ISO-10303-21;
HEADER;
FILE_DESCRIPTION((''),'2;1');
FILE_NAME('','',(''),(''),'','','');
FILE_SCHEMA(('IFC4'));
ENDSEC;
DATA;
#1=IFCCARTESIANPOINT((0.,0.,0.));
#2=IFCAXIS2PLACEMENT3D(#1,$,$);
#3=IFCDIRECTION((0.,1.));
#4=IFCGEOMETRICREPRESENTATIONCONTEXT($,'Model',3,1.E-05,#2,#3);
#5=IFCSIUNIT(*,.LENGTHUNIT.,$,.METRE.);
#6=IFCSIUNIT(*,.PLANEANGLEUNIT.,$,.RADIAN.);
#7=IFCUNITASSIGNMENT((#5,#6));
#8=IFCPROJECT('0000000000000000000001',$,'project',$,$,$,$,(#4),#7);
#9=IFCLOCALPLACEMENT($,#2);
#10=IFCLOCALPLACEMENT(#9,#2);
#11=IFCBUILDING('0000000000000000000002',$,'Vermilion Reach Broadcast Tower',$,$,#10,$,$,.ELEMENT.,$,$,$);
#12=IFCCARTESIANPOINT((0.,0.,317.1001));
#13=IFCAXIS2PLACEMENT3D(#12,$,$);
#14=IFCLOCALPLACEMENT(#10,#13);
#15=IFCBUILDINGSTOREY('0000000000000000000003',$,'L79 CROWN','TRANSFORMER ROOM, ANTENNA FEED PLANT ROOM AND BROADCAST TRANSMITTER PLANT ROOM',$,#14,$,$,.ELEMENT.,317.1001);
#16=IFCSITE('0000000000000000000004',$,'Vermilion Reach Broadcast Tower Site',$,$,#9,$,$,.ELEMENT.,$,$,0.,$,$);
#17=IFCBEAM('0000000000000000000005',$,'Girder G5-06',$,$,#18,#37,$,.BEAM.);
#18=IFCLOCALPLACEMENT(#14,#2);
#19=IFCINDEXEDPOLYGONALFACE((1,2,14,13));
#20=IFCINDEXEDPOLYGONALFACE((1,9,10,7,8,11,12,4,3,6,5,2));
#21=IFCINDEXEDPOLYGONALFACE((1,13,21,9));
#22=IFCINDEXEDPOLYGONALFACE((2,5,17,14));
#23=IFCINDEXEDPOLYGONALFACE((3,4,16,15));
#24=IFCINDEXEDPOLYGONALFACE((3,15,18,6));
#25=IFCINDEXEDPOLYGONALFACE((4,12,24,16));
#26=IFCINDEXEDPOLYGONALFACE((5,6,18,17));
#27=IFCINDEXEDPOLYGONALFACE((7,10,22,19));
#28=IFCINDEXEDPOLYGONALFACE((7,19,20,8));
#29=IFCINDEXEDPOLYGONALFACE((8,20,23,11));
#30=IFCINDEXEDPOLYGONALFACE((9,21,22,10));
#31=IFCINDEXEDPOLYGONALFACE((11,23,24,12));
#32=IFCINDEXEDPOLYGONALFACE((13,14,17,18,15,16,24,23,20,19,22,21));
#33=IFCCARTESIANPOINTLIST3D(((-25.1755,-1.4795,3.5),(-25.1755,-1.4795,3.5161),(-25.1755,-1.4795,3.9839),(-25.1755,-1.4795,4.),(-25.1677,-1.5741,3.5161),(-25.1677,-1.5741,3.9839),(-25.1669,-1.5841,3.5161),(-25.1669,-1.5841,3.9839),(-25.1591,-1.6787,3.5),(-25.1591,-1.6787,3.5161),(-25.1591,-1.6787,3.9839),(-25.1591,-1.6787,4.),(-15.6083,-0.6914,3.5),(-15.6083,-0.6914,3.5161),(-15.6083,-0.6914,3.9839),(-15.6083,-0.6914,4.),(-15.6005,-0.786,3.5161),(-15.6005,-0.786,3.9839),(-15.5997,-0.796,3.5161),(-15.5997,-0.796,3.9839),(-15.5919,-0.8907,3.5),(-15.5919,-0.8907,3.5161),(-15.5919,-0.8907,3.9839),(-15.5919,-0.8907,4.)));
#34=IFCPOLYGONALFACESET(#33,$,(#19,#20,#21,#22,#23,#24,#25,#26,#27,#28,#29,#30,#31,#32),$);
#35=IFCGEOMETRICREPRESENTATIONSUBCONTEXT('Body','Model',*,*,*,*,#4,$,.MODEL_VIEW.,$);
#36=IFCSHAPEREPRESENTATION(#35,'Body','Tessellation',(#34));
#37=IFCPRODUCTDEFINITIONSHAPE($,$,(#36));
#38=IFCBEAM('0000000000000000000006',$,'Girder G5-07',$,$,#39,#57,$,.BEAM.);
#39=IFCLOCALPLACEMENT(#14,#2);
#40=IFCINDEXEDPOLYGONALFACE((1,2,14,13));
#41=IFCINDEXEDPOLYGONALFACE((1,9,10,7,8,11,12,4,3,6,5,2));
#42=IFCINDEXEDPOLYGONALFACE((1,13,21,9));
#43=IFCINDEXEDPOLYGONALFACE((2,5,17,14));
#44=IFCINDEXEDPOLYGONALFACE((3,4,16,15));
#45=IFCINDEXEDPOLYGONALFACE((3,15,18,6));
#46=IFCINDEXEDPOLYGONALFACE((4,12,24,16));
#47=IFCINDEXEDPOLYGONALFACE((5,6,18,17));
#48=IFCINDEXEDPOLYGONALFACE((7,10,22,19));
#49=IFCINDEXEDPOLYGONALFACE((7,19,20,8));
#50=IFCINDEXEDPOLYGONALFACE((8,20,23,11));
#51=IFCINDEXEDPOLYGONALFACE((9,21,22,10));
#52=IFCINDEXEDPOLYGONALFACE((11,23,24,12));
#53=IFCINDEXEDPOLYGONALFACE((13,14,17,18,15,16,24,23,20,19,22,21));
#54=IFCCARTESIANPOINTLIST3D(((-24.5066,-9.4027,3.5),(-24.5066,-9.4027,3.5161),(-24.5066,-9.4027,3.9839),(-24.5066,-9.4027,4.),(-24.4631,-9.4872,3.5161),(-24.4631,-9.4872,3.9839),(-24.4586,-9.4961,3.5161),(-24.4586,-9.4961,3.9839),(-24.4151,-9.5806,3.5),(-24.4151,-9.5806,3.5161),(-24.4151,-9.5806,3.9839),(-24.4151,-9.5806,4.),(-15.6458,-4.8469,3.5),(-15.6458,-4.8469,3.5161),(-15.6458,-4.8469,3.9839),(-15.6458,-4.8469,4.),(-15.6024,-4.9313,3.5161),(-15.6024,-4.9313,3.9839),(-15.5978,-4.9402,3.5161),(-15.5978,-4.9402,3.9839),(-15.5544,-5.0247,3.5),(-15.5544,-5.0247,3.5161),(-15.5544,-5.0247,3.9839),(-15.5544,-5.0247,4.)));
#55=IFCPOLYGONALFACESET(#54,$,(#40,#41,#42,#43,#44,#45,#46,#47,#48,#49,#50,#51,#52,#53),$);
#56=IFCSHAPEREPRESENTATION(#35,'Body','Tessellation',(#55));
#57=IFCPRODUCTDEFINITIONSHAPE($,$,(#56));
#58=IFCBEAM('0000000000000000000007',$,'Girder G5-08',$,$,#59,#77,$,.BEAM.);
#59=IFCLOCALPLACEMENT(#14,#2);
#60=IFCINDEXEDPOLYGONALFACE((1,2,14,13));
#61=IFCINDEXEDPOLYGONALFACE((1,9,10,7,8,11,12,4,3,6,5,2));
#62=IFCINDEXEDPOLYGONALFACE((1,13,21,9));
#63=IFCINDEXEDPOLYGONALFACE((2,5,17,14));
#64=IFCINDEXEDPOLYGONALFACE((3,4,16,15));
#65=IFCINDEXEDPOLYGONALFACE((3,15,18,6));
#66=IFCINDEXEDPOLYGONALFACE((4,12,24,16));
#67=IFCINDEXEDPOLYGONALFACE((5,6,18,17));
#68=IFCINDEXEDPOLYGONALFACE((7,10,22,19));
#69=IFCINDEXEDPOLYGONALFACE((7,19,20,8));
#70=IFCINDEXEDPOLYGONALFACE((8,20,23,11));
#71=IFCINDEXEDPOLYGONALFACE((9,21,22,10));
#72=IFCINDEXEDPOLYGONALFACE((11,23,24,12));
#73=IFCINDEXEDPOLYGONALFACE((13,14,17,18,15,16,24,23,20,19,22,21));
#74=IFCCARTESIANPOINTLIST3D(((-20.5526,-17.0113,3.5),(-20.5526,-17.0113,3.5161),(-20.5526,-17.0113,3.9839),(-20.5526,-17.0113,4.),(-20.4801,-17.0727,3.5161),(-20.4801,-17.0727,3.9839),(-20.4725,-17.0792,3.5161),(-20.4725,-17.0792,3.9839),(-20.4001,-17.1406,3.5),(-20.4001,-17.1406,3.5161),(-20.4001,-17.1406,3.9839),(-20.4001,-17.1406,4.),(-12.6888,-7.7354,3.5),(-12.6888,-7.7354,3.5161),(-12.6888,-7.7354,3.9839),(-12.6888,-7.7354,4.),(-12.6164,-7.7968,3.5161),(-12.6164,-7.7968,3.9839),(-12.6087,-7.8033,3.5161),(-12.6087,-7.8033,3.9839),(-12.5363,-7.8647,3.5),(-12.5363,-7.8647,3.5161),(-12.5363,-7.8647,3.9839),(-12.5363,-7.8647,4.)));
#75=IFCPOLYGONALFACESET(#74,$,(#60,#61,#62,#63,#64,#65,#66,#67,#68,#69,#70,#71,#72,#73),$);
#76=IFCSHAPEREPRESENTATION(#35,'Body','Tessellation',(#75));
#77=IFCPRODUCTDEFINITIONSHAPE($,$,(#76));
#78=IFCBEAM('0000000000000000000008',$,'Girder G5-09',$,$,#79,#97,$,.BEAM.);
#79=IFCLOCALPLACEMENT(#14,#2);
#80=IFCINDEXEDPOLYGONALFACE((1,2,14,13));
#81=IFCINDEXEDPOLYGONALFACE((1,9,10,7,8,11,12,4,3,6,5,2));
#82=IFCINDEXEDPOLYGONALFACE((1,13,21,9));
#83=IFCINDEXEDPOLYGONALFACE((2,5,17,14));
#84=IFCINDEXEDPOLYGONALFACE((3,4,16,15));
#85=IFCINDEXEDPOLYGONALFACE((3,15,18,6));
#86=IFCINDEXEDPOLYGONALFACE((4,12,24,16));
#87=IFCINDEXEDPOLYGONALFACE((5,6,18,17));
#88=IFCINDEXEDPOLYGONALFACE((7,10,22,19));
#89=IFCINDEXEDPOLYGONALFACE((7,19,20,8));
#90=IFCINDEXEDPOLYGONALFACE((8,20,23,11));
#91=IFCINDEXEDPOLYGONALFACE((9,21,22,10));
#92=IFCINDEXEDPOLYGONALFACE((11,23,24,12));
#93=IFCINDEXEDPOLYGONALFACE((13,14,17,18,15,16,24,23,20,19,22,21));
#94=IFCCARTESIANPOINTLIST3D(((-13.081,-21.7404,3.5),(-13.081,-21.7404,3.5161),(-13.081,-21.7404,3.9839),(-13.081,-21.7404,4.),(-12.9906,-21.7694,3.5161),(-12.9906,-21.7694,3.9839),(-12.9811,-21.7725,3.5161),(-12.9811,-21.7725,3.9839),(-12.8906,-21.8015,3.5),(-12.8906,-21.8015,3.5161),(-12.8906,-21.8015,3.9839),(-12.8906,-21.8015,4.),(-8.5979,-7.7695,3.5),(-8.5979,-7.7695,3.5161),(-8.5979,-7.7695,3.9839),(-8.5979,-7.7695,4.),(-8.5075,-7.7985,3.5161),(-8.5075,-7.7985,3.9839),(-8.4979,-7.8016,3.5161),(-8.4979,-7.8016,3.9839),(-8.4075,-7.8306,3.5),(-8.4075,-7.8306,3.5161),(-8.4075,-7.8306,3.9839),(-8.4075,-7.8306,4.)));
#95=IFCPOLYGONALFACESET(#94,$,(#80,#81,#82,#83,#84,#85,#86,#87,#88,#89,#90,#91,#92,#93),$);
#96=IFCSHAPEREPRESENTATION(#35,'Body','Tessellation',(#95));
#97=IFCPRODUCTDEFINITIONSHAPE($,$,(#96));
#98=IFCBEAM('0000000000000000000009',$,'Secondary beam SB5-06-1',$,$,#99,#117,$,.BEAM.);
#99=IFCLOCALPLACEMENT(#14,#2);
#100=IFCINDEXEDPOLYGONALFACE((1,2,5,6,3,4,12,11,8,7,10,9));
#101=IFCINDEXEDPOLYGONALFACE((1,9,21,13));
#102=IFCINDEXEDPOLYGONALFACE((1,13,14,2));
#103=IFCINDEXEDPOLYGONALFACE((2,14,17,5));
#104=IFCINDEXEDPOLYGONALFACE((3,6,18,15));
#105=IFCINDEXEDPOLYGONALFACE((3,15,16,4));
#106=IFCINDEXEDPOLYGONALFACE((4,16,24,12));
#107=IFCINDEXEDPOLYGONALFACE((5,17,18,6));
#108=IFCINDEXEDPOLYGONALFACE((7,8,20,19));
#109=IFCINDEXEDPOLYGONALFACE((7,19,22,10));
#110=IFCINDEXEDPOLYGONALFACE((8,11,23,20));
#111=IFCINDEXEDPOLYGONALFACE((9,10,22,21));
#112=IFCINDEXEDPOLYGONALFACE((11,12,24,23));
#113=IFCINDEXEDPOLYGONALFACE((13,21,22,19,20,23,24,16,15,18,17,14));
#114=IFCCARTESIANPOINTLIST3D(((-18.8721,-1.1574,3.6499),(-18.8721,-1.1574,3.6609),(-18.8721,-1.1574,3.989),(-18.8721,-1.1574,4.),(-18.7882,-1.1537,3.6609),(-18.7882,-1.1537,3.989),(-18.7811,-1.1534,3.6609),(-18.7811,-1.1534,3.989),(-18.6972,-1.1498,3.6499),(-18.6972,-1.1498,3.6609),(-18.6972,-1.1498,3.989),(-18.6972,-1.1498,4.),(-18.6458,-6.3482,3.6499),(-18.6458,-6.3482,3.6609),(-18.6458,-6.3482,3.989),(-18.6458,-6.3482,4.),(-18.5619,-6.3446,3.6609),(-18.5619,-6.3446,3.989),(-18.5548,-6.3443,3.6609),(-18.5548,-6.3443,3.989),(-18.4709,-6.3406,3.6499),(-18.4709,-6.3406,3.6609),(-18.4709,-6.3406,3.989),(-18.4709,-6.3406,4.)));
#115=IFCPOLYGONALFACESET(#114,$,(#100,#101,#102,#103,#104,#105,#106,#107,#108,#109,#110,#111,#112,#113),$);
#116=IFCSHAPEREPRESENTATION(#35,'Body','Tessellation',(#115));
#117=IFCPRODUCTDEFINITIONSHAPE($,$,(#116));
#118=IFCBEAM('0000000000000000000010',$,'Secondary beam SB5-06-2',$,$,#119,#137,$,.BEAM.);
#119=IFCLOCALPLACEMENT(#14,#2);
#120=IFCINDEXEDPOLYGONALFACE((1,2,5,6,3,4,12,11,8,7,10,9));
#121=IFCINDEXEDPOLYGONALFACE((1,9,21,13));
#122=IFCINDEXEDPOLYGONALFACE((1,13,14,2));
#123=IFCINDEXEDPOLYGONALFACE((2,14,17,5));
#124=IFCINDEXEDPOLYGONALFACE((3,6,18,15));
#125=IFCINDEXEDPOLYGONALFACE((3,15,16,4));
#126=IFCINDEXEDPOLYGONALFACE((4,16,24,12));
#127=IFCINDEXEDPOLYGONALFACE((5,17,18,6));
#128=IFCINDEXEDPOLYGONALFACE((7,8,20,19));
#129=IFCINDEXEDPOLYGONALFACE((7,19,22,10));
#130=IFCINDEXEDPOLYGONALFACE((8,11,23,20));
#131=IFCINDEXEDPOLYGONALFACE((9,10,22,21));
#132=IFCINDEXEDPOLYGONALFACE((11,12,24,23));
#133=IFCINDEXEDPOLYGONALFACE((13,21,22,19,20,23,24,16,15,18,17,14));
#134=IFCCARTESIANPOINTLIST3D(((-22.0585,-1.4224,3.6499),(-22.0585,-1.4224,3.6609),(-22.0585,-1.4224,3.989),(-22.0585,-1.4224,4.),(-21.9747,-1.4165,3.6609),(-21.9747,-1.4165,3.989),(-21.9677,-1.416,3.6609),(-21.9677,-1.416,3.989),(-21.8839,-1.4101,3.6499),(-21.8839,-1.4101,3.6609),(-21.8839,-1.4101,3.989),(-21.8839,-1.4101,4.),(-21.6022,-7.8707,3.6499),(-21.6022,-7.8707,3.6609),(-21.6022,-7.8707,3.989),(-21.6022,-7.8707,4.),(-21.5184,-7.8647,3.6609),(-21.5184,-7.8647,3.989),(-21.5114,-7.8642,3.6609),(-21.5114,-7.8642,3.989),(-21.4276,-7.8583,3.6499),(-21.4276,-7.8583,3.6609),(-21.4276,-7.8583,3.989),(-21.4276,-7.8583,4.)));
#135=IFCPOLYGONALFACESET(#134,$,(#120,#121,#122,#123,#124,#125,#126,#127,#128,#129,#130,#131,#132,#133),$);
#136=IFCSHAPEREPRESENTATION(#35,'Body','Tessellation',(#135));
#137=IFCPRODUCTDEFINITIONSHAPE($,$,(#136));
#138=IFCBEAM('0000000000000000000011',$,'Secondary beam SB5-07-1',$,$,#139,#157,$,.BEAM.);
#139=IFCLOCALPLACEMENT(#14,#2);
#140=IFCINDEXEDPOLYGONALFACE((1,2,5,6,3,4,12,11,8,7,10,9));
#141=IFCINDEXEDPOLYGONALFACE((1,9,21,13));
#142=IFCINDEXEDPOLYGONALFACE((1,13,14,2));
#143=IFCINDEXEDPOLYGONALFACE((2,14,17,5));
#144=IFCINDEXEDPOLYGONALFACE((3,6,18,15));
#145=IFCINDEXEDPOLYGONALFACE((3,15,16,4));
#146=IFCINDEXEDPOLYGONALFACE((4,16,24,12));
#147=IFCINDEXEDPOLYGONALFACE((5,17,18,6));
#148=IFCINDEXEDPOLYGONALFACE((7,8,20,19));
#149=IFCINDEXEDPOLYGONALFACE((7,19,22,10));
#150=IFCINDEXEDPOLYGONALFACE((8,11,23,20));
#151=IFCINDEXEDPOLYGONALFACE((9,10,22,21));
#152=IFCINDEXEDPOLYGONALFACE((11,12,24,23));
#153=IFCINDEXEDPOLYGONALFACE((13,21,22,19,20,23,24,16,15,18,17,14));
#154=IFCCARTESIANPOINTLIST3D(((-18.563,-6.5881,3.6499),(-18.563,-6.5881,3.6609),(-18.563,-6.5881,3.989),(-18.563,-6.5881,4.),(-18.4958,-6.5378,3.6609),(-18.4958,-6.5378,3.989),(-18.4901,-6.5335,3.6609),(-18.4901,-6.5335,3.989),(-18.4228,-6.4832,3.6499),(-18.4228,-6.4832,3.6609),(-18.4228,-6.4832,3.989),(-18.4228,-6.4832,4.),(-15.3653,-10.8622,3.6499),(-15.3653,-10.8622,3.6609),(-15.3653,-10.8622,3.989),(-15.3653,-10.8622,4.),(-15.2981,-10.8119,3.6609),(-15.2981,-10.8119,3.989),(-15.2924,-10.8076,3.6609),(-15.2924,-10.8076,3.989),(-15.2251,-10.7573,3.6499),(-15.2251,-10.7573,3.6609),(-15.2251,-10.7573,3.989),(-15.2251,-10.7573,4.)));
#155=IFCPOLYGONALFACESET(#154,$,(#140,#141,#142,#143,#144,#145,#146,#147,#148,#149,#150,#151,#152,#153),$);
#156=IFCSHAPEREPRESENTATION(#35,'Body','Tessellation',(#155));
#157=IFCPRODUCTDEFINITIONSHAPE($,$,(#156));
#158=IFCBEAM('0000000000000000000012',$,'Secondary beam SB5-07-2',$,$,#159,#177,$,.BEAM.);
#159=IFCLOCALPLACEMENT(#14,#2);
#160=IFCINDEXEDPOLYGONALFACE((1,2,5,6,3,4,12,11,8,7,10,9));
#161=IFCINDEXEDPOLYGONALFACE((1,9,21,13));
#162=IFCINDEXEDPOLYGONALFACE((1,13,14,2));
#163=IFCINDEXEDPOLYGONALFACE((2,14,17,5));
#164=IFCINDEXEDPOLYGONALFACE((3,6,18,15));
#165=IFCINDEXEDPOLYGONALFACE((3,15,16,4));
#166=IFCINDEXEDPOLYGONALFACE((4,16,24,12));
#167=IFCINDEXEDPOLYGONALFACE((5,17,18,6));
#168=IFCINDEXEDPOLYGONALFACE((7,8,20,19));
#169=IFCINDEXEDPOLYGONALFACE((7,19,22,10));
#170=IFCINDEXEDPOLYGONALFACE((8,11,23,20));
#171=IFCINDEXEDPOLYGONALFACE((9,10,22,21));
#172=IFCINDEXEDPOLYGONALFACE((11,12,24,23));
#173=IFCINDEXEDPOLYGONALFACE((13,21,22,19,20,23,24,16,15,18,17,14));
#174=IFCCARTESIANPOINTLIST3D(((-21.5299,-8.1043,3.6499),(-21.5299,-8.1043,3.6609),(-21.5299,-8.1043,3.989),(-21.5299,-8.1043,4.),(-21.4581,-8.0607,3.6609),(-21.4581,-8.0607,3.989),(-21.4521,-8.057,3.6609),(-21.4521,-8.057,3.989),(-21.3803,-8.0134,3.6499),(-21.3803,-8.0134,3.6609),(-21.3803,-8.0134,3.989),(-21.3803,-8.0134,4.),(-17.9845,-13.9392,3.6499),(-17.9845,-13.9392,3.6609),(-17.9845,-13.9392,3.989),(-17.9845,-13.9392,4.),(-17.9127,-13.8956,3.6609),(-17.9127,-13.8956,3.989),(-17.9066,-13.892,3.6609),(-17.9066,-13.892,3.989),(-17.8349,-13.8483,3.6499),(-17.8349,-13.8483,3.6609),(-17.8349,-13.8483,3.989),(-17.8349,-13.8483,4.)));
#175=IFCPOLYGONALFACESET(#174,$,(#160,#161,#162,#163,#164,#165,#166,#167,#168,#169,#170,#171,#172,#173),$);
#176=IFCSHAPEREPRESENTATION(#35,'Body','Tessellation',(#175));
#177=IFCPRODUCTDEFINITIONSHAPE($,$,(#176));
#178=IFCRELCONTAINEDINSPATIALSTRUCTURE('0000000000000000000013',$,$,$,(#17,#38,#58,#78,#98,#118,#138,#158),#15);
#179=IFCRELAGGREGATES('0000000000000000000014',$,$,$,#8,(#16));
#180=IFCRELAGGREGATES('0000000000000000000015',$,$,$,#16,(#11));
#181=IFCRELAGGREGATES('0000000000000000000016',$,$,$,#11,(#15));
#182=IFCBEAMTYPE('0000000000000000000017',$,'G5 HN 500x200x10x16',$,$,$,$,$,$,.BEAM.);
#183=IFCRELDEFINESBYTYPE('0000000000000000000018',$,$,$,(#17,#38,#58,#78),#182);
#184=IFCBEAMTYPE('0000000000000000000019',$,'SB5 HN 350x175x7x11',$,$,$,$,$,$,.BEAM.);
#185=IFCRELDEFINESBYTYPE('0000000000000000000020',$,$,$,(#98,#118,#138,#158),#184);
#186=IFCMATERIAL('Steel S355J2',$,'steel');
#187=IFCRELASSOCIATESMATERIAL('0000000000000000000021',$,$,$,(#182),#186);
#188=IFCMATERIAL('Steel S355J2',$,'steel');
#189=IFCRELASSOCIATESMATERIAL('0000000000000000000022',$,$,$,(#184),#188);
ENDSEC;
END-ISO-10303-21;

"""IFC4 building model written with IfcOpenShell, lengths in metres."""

from ifc_helpers import new_model, si_unit, direction, frame, origin, origin_2d, place, context, subcontext, project, spatial, i_section, extrude, material, material_profile, profile_set, type_object, element, save


model = new_model("IFC4")

# Units and contexts
model_context = context("Model", 3, precision=1e-05, world=origin(), true_north=direction((0.0, 1.0)))
body_context = subcontext(model_context, "Body", "Model", "MODEL_VIEW")
ifc_project = project(units=[si_unit("LENGTHUNIT", "METRE"), si_unit("PLANEANGLEUNIT", "RADIAN")], contexts=[model_context])

# Site, building, storey
site_placement = place(None, origin())
site = spatial("IfcSite", under=ifc_project, at=site_placement, Name="Vermilion Reach Broadcast Tower Site", CompositionType="ELEMENT", RefElevation=0.0)
building_placement = place(site_placement, origin())
building = spatial("IfcBuilding", under=site, at=building_placement, Name="Vermilion Reach Broadcast Tower", CompositionType="ELEMENT")
storey_placement = place(building_placement, frame((0.0, 0.0, 317.1001)))
storey = spatial("IfcBuildingStorey", under=building, at=storey_placement, Name="L79 CROWN", Description="TRANSFORMER ROOM, ANTENNA FEED PLANT ROOM AND BROADCAST TRANSMITTER PLANT ROOM", CompositionType="ELEMENT", Elevation=317.1001)

# Beams
ifc_material_1 = material(Name="Steel S355J2", Category="steel")
ifc_material_profile_1 = material_profile(ifc_material_1, i_section(OverallWidth=0.2, OverallDepth=0.5, WebThickness=0.01, FlangeThickness=0.0161, at=origin_2d()), Name="S355J2 HN 500x200x10x16")
ifc_profile_set_1 = profile_set([ifc_material_profile_1], Name="Steel S355J2")
beam_type_1 = type_object("IfcBeamType", Name="G5 HN 500x200x10x16", PredefinedType="BEAM", material=ifc_profile_set_1)
beam_1_placement = place(storey_placement, frame((-15.6001, -0.791, 3.75), z_axis=(-0.996624, -0.082096, 0.0), x_axis=(0.082096, -0.996624, 0.0)))
element("IfcBeam", 1, at=beam_1_placement, inside=storey, type_object=beam_type_1, Name="Girder G5-06", PredefinedType="BEAM", context=body_context, shape_type="SweptSolid", body=[
    extrude(i_section(OverallWidth=0.2, OverallDepth=0.5, WebThickness=0.01, FlangeThickness=0.0161, at=origin_2d()), origin(), (0.0, 0.0, 1.0), 9.5996),
])
beam_2_placement = place(storey_placement, frame((-15.6001, -4.9358, 3.75), z_axis=(-0.889333, -0.457261, 0.0), x_axis=(0.457261, -0.889333, 0.0)))
element("IfcBeam", 2, at=beam_2_placement, inside=storey, type_object=beam_type_1, Name="Girder G5-07", PredefinedType="BEAM", context=body_context, shape_type="SweptSolid", body=[
    extrude(i_section(OverallWidth=0.2, OverallDepth=0.5, WebThickness=0.01, FlangeThickness=0.0161, at=origin_2d()), origin(), (0.0, 0.0, 1.0), 9.9634),
])
beam_3_placement = place(storey_placement, frame((-12.6125, -7.8, 3.75), z_axis=(-0.646658, -0.76278, 0.0), x_axis=(0.76278, -0.646658, 0.0)))
element("IfcBeam", 3, at=beam_3_placement, inside=storey, type_object=beam_type_1, Name="Girder G5-08", PredefinedType="BEAM", context=body_context, shape_type="SweptSolid", body=[
    extrude(i_section(OverallWidth=0.2, OverallDepth=0.5, WebThickness=0.01, FlangeThickness=0.0161, at=origin_2d()), origin(), (0.0, 0.0, 1.0), 12.1606),
])
beam_4_placement = place(storey_placement, frame((-8.5027, -7.8, 3.75), z_axis=(-0.305545, -0.952178, 0.0), x_axis=(0.952178, -0.305545, 0.0)))
element("IfcBeam", 4, at=beam_4_placement, inside=storey, type_object=beam_type_1, Name="Girder G5-09", PredefinedType="BEAM", context=body_context, shape_type="SweptSolid", body=[
    extrude(i_section(OverallWidth=0.2, OverallDepth=0.5, WebThickness=0.01, FlangeThickness=0.0161, at=origin_2d()), origin(), (0.0, 0.0, 1.0), 14.6726),
])
ifc_material_2 = material(Name="Steel S355J2", Category="steel")
ifc_material_profile_2 = material_profile(ifc_material_2, i_section(OverallWidth=0.175, OverallDepth=0.3501, WebThickness=0.0071, FlangeThickness=0.011, at=origin_2d()), Name="S355J2 HN 350x175x7x11")
ifc_profile_set_2 = profile_set([ifc_material_profile_2], Name="Steel S355J2")
beam_type_2 = type_object("IfcBeamType", Name="SB5 HN 350x175x7x11", PredefinedType="BEAM", material=ifc_profile_set_2)
beam_5_placement = place(storey_placement, frame((-18.7847, -1.1536, 3.825), z_axis=(0.043558, -0.999051, 0.0), x_axis=(0.999051, 0.043558, 0.0)))
element("IfcBeam", 5, at=beam_5_placement, inside=storey, type_object=beam_type_2, Name="Secondary beam SB5-06-1", PredefinedType="BEAM", context=body_context, shape_type="SweptSolid", body=[
    extrude(i_section(OverallWidth=0.175, OverallDepth=0.3501, WebThickness=0.0071, FlangeThickness=0.011, at=origin_2d()), origin(), (0.0, 0.0, 1.0), 5.1958),
])
beam_6_placement = place(storey_placement, frame((-21.9712, -1.4163, 3.825), z_axis=(0.070587, -0.997506, 0.0), x_axis=(0.997506, 0.070587, 0.0)))
element("IfcBeam", 6, at=beam_6_placement, inside=storey, type_object=beam_type_2, Name="Secondary beam SB5-06-2", PredefinedType="BEAM", context=body_context, shape_type="SweptSolid", body=[
    extrude(i_section(OverallWidth=0.175, OverallDepth=0.3501, WebThickness=0.0071, FlangeThickness=0.011, at=origin_2d()), origin(), (0.0, 0.0, 1.0), 6.4644),
])
beam_7_placement = place(storey_placement, frame((-18.4929, -6.5356, 3.825), z_axis=(0.599056, -0.800707, 0.0), x_axis=(0.800707, 0.599056, 0.0)))
element("IfcBeam", 7, at=beam_7_placement, inside=storey, type_object=beam_type_2, Name="Secondary beam SB5-07-1", PredefinedType="BEAM", context=body_context, shape_type="SweptSolid", body=[
    extrude(i_section(OverallWidth=0.175, OverallDepth=0.3501, WebThickness=0.0071, FlangeThickness=0.011, at=origin_2d()), origin(), (0.0, 0.0, 1.0), 5.3379),
])
beam_8_placement = place(storey_placement, frame((-21.4551, -8.0588, 3.825), z_axis=(0.519273, -0.854608, 0.0), x_axis=(0.854608, 0.519273, 0.0)))
element("IfcBeam", 8, at=beam_8_placement, inside=storey, type_object=beam_type_2, Name="Secondary beam SB5-07-2", PredefinedType="BEAM", context=body_context, shape_type="SweptSolid", body=[
    extrude(i_section(OverallWidth=0.175, OverallDepth=0.3501, WebThickness=0.0071, FlangeThickness=0.011, at=origin_2d()), origin(), (0.0, 0.0, 1.0), 6.8276),
])

save(model, "model.ifc")
